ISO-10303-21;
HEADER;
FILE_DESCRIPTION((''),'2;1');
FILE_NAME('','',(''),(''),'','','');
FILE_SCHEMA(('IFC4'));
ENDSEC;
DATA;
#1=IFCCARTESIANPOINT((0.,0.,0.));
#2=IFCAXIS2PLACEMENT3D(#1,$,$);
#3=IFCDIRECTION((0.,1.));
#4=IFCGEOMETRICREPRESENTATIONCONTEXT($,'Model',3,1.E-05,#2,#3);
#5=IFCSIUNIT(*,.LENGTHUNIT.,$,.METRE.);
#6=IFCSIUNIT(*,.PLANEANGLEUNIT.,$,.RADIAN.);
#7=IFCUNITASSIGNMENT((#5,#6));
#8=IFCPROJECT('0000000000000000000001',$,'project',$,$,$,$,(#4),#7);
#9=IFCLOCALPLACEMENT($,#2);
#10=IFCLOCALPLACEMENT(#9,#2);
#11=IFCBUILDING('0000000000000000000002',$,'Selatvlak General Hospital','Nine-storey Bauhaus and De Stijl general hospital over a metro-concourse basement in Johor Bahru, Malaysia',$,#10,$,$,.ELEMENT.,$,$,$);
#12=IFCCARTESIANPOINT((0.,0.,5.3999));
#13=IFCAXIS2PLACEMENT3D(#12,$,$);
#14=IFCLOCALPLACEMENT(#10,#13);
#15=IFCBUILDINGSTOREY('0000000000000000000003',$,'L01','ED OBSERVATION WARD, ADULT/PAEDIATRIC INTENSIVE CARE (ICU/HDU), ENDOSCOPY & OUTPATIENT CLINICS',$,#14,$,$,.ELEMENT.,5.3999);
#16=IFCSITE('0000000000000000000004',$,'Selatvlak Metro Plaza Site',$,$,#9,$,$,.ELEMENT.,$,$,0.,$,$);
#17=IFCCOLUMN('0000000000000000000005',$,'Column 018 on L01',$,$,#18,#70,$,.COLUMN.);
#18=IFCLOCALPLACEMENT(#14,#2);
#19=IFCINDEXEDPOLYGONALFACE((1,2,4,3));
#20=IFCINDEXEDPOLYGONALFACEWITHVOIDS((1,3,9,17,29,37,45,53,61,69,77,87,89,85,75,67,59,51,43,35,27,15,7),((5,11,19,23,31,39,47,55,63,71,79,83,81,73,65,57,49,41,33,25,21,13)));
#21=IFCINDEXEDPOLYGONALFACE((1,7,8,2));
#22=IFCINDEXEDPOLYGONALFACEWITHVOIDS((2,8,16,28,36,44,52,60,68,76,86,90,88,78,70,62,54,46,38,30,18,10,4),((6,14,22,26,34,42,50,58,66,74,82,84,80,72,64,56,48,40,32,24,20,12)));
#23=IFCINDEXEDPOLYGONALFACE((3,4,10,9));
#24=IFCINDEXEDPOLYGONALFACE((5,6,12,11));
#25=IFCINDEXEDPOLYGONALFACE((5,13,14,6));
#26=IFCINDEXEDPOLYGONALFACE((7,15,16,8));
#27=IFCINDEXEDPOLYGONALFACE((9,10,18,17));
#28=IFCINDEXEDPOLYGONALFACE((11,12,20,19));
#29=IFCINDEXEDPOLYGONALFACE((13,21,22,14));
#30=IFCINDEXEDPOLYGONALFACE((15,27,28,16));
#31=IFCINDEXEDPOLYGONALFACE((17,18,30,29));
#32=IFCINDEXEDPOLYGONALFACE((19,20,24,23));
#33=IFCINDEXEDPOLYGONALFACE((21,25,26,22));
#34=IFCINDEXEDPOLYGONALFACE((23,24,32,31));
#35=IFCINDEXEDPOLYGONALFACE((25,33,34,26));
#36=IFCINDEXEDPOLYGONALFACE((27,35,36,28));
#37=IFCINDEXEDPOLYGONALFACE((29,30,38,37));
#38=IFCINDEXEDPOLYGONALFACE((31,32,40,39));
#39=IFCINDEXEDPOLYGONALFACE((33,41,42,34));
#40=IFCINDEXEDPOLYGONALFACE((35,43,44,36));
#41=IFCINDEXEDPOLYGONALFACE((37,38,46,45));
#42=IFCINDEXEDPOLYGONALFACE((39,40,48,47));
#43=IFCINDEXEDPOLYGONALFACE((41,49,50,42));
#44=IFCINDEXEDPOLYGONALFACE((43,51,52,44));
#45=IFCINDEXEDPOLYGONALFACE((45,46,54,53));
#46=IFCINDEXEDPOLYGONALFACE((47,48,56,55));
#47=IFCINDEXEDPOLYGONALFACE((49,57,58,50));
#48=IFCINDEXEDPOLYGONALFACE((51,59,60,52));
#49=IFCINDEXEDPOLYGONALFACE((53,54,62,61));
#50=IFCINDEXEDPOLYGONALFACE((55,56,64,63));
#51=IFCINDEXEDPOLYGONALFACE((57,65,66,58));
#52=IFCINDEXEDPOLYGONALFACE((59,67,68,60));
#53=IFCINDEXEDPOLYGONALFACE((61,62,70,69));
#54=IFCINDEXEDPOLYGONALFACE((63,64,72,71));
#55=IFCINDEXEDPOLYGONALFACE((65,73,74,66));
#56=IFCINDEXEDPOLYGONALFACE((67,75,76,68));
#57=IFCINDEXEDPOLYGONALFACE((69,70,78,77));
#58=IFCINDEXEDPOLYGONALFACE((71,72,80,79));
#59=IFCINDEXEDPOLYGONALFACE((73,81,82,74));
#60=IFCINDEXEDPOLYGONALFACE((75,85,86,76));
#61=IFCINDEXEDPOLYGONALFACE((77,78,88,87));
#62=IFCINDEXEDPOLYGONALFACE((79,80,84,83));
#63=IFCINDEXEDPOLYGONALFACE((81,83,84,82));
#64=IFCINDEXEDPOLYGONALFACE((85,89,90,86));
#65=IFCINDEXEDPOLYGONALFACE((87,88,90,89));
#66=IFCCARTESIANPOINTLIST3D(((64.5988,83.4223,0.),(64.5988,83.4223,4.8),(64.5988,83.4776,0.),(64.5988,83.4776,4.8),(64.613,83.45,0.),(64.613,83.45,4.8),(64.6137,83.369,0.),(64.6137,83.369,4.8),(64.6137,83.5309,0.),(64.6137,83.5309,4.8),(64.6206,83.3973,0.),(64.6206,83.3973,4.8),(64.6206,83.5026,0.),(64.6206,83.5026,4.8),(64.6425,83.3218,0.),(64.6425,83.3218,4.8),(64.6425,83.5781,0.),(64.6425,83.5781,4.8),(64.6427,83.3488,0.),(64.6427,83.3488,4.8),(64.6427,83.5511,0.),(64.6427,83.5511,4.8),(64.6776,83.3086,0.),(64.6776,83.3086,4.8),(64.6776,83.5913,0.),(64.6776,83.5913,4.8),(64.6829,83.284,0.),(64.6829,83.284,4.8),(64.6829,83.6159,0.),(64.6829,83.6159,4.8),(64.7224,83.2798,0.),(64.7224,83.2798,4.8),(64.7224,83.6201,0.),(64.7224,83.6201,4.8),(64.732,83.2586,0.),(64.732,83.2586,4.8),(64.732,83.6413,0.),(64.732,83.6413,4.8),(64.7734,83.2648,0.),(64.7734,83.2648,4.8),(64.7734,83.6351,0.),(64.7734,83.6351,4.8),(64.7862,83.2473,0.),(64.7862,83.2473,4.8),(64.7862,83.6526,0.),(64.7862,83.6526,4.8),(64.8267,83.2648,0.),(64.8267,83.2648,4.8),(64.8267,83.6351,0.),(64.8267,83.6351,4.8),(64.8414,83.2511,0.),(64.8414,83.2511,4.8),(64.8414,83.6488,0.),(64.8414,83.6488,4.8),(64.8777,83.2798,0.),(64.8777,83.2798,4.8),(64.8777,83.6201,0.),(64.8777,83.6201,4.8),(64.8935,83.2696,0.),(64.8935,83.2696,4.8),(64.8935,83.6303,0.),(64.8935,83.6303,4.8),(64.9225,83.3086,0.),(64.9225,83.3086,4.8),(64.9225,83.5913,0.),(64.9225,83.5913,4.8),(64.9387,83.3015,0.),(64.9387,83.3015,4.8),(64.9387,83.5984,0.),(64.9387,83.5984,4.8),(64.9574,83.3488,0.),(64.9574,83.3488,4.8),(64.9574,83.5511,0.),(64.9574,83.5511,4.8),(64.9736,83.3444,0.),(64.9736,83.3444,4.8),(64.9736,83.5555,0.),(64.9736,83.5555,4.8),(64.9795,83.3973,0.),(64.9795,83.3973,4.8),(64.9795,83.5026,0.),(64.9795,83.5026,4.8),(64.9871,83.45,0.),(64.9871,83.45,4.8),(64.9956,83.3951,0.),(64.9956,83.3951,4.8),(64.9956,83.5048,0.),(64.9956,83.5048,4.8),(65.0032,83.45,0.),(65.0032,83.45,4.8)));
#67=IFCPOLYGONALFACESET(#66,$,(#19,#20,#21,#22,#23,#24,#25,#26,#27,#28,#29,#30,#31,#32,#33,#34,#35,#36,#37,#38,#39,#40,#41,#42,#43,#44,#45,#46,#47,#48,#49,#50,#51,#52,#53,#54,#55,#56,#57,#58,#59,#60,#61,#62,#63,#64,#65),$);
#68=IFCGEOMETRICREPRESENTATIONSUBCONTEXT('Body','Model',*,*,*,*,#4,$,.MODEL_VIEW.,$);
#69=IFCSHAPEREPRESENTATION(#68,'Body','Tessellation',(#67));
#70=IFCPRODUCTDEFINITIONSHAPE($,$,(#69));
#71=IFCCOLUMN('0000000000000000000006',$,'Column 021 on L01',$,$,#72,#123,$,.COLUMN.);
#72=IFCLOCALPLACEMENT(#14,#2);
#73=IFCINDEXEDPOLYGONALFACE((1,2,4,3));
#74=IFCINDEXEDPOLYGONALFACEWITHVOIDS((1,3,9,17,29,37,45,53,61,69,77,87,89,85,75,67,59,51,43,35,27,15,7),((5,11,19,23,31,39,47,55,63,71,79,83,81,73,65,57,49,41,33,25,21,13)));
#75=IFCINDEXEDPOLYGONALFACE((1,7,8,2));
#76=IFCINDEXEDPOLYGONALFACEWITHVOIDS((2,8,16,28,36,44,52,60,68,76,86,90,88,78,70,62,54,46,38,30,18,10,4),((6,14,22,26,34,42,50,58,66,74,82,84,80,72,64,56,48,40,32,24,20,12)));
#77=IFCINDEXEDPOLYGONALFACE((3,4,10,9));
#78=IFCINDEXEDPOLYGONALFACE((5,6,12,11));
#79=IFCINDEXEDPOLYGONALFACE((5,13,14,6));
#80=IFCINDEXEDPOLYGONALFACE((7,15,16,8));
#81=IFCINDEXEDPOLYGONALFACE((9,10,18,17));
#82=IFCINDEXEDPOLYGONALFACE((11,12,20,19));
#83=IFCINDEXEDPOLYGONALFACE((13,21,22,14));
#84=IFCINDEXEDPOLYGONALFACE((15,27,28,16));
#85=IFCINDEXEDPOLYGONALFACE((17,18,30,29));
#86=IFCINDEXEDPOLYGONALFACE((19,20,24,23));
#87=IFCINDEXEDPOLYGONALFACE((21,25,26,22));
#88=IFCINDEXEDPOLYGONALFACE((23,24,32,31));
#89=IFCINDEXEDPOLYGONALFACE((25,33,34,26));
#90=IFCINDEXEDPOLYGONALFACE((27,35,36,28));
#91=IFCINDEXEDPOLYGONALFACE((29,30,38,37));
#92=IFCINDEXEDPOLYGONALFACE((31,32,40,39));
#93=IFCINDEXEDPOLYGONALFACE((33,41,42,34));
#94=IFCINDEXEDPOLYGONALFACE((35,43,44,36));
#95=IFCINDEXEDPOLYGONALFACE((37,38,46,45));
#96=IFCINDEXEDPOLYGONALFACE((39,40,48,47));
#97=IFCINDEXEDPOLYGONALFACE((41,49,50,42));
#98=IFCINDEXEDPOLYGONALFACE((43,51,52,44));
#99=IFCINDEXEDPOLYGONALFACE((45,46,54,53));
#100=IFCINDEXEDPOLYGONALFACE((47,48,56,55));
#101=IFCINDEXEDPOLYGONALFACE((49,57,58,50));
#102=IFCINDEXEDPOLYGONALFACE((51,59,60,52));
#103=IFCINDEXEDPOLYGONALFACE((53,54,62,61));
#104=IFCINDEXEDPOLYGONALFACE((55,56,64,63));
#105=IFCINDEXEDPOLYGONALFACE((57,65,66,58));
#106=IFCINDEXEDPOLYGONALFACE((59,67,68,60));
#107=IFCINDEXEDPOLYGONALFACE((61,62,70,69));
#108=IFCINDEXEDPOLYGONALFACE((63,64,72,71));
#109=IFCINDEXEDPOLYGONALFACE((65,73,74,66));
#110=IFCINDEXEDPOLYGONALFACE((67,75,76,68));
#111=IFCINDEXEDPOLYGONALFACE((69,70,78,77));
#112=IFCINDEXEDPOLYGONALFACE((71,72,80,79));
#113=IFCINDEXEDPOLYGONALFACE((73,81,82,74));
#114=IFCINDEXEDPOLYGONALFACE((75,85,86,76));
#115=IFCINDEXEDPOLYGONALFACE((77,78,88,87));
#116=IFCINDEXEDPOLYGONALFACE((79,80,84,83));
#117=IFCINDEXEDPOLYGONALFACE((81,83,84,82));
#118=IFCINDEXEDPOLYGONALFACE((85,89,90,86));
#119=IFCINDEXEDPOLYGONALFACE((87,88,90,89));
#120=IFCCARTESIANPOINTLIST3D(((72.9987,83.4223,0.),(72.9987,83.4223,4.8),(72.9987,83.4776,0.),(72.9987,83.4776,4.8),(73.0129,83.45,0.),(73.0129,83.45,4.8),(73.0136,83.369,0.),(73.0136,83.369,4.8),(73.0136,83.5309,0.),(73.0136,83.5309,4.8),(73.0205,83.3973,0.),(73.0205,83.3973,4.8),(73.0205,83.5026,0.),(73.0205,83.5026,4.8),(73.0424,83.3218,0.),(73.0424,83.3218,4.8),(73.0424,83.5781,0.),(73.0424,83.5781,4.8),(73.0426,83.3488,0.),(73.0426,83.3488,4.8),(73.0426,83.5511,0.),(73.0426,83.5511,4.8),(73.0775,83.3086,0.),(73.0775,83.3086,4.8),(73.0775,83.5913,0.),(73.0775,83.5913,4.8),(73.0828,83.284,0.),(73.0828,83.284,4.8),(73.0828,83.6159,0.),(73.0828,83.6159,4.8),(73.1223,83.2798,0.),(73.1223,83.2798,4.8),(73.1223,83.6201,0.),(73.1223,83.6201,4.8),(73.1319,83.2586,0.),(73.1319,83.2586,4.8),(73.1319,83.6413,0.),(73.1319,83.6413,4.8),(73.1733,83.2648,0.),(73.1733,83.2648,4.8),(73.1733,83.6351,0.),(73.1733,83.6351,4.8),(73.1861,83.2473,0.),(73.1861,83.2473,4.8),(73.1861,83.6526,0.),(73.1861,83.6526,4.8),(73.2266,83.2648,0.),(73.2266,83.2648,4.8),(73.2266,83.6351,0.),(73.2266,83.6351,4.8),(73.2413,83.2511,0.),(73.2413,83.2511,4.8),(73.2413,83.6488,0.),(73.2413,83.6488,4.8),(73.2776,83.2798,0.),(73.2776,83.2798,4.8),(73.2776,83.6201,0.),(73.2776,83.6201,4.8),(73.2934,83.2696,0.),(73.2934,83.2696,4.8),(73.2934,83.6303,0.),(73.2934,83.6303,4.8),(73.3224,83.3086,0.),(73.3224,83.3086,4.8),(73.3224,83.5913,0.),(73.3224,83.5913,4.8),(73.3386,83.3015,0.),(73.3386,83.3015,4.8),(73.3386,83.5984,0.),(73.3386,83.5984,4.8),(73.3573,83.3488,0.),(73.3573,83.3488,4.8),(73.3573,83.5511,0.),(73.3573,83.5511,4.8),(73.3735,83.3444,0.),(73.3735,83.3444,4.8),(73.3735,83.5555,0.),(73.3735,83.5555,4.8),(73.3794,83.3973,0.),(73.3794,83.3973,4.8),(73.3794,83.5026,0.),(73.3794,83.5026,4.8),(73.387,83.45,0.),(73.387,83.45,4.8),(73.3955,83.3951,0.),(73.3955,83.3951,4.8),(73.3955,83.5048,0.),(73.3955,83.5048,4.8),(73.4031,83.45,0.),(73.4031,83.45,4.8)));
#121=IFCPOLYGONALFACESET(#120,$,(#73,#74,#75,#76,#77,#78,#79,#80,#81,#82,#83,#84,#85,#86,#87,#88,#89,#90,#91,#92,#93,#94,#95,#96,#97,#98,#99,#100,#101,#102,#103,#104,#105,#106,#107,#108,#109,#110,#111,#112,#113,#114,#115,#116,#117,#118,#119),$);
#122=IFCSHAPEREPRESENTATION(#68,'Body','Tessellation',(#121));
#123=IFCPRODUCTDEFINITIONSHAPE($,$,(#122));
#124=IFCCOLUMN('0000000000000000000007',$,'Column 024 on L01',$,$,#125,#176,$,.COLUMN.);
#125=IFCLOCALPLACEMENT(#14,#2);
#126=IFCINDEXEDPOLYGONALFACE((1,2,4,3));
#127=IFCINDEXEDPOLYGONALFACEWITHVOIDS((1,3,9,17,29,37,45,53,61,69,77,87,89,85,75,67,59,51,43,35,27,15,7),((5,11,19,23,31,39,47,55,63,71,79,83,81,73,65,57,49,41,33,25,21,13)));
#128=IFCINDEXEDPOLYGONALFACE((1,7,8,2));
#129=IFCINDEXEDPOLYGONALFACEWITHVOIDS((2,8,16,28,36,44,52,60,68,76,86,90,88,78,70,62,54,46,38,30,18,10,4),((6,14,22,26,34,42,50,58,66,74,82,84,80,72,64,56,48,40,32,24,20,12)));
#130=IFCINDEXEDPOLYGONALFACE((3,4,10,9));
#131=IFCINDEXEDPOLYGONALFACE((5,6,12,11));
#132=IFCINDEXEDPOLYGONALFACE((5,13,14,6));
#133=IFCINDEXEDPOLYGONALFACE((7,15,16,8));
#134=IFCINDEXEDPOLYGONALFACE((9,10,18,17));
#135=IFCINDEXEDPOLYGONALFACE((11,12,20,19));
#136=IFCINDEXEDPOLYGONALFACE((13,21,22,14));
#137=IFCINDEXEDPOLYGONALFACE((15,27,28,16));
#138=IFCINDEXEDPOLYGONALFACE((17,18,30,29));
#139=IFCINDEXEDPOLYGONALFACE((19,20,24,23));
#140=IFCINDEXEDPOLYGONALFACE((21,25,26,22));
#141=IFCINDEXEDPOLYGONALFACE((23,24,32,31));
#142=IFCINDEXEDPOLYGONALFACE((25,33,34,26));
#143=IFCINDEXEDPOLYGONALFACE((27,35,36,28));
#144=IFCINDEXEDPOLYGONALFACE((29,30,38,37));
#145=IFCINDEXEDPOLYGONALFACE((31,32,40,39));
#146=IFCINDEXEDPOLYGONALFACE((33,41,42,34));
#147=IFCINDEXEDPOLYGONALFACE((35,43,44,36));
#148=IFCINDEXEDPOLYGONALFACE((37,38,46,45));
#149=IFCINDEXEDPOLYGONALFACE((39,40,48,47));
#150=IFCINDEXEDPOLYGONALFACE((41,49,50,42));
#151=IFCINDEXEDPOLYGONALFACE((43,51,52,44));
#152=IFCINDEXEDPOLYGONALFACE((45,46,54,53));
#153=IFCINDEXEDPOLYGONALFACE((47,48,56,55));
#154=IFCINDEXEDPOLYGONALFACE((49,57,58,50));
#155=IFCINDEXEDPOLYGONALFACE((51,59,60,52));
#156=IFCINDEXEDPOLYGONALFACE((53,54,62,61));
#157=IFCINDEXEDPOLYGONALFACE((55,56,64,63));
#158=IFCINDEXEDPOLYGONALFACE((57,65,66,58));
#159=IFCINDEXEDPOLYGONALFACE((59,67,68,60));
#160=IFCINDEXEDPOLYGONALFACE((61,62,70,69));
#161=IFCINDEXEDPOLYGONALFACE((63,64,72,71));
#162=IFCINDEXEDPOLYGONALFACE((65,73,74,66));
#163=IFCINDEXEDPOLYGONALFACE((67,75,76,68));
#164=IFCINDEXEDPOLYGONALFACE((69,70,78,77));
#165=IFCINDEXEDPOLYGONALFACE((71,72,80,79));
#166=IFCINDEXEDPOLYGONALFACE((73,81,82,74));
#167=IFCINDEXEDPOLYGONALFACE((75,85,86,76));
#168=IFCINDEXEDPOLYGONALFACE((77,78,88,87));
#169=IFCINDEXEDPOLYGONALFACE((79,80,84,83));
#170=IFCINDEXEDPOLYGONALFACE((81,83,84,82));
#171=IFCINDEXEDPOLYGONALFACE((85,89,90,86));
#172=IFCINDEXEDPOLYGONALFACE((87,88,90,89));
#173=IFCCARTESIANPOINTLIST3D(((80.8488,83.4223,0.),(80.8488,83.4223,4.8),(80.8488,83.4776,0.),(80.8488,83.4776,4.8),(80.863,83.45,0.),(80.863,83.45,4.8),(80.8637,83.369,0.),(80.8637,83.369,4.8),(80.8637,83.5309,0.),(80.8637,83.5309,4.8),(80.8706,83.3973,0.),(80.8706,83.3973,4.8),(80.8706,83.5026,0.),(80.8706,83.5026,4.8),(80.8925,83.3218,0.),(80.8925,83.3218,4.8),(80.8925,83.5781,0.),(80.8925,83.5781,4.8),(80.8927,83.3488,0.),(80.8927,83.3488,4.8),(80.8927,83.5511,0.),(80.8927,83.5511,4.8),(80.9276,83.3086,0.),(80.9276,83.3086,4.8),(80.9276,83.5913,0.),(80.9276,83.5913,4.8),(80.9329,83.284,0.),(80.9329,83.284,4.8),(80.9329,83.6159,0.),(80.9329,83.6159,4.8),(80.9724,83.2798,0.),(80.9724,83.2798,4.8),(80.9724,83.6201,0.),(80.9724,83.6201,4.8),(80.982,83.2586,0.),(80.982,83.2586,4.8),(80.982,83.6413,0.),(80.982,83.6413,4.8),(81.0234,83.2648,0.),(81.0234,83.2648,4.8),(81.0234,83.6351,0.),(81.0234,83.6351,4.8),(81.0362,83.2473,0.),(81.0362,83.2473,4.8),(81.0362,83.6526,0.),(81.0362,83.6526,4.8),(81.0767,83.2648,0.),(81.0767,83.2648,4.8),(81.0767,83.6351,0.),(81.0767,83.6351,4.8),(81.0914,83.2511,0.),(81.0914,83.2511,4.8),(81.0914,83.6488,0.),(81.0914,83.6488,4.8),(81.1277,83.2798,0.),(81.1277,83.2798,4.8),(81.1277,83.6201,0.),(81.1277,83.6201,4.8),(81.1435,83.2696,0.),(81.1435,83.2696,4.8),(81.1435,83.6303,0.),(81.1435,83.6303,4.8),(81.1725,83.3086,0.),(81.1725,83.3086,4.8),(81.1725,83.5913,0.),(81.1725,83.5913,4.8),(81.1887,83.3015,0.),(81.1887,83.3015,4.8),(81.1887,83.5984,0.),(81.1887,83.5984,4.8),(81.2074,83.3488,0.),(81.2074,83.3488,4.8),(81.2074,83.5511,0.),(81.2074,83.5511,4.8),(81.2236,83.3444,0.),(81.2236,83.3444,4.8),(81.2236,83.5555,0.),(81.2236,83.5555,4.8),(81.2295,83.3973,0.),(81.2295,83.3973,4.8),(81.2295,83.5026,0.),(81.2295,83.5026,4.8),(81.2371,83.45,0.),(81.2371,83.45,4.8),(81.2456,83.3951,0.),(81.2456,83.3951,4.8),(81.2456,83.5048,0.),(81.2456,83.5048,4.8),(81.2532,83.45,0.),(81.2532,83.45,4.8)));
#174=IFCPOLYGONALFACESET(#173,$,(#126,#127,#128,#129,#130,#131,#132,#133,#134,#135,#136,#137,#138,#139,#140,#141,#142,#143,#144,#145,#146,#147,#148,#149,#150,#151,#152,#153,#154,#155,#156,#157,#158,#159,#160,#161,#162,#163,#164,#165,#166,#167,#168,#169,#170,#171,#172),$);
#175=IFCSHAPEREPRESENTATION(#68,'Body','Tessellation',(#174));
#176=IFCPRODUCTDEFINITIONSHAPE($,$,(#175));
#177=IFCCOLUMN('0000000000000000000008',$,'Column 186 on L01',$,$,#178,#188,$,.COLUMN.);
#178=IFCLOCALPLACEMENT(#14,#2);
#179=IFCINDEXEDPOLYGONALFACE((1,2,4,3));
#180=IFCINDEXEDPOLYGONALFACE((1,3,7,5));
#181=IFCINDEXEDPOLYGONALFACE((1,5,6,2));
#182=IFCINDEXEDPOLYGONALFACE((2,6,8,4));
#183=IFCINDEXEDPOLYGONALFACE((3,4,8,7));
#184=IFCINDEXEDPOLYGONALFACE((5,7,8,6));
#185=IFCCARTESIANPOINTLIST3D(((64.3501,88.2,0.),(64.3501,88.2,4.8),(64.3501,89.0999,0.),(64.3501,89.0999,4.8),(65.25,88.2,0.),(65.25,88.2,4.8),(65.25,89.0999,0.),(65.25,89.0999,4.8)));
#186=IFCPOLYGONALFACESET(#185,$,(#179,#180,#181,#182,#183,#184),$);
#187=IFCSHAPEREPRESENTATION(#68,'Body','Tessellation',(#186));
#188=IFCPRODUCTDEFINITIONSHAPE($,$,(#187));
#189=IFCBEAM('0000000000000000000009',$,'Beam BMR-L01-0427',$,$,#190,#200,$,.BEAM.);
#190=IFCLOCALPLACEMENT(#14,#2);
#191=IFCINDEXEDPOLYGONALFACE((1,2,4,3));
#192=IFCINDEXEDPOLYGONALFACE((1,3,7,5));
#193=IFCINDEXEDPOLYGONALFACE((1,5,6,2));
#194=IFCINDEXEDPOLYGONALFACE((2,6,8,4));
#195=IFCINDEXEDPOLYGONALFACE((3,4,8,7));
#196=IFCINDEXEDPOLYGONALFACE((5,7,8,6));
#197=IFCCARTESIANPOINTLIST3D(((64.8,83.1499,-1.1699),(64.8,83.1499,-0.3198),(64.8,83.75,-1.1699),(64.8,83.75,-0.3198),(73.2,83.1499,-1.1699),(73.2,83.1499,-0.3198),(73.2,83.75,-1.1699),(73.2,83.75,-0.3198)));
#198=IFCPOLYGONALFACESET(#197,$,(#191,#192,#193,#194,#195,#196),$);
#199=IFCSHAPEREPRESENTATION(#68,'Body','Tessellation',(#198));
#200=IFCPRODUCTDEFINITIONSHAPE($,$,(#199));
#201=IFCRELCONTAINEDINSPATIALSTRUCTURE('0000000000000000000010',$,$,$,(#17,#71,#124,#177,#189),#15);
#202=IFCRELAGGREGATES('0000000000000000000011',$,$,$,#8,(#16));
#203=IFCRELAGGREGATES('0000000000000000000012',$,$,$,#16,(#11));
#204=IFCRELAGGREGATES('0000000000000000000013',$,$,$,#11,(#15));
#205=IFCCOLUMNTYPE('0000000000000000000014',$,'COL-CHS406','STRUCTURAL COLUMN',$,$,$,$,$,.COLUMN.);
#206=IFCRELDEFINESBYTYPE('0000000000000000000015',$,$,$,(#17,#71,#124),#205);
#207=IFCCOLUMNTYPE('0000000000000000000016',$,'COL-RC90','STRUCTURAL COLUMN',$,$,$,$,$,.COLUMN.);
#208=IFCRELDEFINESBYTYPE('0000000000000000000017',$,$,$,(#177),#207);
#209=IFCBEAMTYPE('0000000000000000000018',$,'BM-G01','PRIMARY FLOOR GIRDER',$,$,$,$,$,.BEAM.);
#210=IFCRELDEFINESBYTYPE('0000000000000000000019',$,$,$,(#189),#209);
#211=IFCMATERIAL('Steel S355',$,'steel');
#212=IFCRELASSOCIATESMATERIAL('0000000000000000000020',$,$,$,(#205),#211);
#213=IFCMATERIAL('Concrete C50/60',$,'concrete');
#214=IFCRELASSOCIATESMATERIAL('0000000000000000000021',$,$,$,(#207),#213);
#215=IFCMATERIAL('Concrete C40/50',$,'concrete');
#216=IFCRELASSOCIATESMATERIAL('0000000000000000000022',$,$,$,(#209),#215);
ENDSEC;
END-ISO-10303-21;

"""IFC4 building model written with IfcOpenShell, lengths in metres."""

from ifc_helpers import new_model, si_unit, direction, frame, origin, origin_2d, place, context, subcontext, project, spatial, rectangle, hollow_circle, extrude, material, material_profile, profile_set, type_object, element, save


model = new_model("IFC4")

# Units and contexts
model_context = context("Model", 3, precision=1e-05, world=origin(), true_north=direction((0.0, 1.0)))
body_context = subcontext(model_context, "Body", "Model", "MODEL_VIEW")
ifc_project = project(units=[si_unit("LENGTHUNIT", "METRE"), si_unit("PLANEANGLEUNIT", "RADIAN")], contexts=[model_context])

# Site, building, storey
site_placement = place(None, origin())
site = spatial("IfcSite", under=ifc_project, at=site_placement, Name="Selatvlak Metro Plaza Site", CompositionType="ELEMENT", RefElevation=0.0)
building_placement = place(site_placement, origin())
building = spatial("IfcBuilding", under=site, at=building_placement, Name="Selatvlak General Hospital", Description="Nine-storey Bauhaus and De Stijl general hospital over a metro-concourse basement in Johor Bahru, Malaysia", CompositionType="ELEMENT")
storey_placement = place(building_placement, frame((0.0, 0.0, 5.3999)))
storey = spatial("IfcBuildingStorey", under=building, at=storey_placement, Name="L01", Description="ED OBSERVATION WARD, ADULT/PAEDIATRIC INTENSIVE CARE (ICU/HDU), ENDOSCOPY & OUTPATIENT CLINICS", CompositionType="ELEMENT", Elevation=5.3999)

# Columns
ifc_material_1 = material(Name="Steel S355", Category="steel")
ifc_material_profile_1 = material_profile(ifc_material_1, hollow_circle(Radius=0.2031, WallThickness=0.0161, at=origin_2d()), Name="CHS 406.4x16")
ifc_profile_set_1 = profile_set([ifc_material_profile_1], Name="Steel S355")
column_type_1 = type_object("IfcColumnType", Name="COL-CHS406", Description="STRUCTURAL COLUMN", PredefinedType="COLUMN", material=ifc_profile_set_1)
for number, where, z_axis, x_axis, name in (
    (1, (64.8, 83.45, 0.0), (0.0, 0.0, 1.0), (1.0, 0.0, 0.0), "Column 018 on L01"),
    (2, (73.2, 83.45, 0.0), (0.0, 0.0, 1.0), (1.0, 0.0, 0.0), "Column 021 on L01"),
    (3, (81.05, 83.45, 0.0), (0.0, 0.0, 1.0), (1.0, 0.0, 0.0), "Column 024 on L01"),
):
    element("IfcColumn", number, at=place(storey_placement, frame(where, z_axis=z_axis, x_axis=x_axis)), inside=storey, type_object=column_type_1, Name=name, PredefinedType="COLUMN", context=body_context, shape_type="SweptSolid", body=[
        extrude(hollow_circle(Radius=0.2031, WallThickness=0.0161, at=origin_2d()), origin(), (0.0, 0.0, 1.0), 4.8),
    ])
ifc_material_2 = material(Name="Concrete C50/60", Category="concrete")
ifc_material_profile_2 = material_profile(ifc_material_2, rectangle(XDim=0.8999, YDim=0.8999, at=origin_2d()), Name="RC-COL 900x900")
ifc_profile_set_2 = profile_set([ifc_material_profile_2], Name="Concrete C50/60")
column_type_2 = type_object("IfcColumnType", Name="COL-RC90", Description="STRUCTURAL COLUMN", PredefinedType="COLUMN", material=ifc_profile_set_2)
column_placement = place(storey_placement, frame((64.8, 88.6499, 0.0), z_axis=(0.0, 0.0, 1.0), x_axis=(1.0, 0.0, 0.0)))
element("IfcColumn", 4, at=column_placement, inside=storey, type_object=column_type_2, Name="Column 186 on L01", PredefinedType="COLUMN", context=body_context, shape_type="SweptSolid", body=[
    extrude(rectangle(XDim=0.8999, YDim=0.8999, at=origin_2d()), origin(), (0.0, 0.0, 1.0), 4.8),
])

# Beam
ifc_material_3 = material(Name="Concrete C40/50", Category="concrete")
ifc_material_profile_3 = material_profile(ifc_material_3, rectangle(XDim=0.6001, YDim=0.8501, at=origin_2d()), Name="RC-BM 600x850")
ifc_profile_set_3 = profile_set([ifc_material_profile_3], Name="Concrete C40/50")
beam_type_1 = type_object("IfcBeamType", Name="BM-G01", Description="PRIMARY FLOOR GIRDER", PredefinedType="BEAM", material=ifc_profile_set_3)
beam_1_placement = place(storey_placement, frame((64.8, 83.45, -0.7449), z_axis=(1.0, 0.0, 0.0), x_axis=(0.0, 1.0, 0.0)))
element("IfcBeam", 5, at=beam_1_placement, inside=storey, type_object=beam_type_1, Name="Beam BMR-L01-0427", PredefinedType="BEAM", context=body_context, shape_type="SweptSolid", body=[
    extrude(rectangle(XDim=0.6001, YDim=0.8501, at=origin_2d()), origin(), (0.0, 0.0, 1.0), 8.3999),
])

save(model, "model.ifc")
